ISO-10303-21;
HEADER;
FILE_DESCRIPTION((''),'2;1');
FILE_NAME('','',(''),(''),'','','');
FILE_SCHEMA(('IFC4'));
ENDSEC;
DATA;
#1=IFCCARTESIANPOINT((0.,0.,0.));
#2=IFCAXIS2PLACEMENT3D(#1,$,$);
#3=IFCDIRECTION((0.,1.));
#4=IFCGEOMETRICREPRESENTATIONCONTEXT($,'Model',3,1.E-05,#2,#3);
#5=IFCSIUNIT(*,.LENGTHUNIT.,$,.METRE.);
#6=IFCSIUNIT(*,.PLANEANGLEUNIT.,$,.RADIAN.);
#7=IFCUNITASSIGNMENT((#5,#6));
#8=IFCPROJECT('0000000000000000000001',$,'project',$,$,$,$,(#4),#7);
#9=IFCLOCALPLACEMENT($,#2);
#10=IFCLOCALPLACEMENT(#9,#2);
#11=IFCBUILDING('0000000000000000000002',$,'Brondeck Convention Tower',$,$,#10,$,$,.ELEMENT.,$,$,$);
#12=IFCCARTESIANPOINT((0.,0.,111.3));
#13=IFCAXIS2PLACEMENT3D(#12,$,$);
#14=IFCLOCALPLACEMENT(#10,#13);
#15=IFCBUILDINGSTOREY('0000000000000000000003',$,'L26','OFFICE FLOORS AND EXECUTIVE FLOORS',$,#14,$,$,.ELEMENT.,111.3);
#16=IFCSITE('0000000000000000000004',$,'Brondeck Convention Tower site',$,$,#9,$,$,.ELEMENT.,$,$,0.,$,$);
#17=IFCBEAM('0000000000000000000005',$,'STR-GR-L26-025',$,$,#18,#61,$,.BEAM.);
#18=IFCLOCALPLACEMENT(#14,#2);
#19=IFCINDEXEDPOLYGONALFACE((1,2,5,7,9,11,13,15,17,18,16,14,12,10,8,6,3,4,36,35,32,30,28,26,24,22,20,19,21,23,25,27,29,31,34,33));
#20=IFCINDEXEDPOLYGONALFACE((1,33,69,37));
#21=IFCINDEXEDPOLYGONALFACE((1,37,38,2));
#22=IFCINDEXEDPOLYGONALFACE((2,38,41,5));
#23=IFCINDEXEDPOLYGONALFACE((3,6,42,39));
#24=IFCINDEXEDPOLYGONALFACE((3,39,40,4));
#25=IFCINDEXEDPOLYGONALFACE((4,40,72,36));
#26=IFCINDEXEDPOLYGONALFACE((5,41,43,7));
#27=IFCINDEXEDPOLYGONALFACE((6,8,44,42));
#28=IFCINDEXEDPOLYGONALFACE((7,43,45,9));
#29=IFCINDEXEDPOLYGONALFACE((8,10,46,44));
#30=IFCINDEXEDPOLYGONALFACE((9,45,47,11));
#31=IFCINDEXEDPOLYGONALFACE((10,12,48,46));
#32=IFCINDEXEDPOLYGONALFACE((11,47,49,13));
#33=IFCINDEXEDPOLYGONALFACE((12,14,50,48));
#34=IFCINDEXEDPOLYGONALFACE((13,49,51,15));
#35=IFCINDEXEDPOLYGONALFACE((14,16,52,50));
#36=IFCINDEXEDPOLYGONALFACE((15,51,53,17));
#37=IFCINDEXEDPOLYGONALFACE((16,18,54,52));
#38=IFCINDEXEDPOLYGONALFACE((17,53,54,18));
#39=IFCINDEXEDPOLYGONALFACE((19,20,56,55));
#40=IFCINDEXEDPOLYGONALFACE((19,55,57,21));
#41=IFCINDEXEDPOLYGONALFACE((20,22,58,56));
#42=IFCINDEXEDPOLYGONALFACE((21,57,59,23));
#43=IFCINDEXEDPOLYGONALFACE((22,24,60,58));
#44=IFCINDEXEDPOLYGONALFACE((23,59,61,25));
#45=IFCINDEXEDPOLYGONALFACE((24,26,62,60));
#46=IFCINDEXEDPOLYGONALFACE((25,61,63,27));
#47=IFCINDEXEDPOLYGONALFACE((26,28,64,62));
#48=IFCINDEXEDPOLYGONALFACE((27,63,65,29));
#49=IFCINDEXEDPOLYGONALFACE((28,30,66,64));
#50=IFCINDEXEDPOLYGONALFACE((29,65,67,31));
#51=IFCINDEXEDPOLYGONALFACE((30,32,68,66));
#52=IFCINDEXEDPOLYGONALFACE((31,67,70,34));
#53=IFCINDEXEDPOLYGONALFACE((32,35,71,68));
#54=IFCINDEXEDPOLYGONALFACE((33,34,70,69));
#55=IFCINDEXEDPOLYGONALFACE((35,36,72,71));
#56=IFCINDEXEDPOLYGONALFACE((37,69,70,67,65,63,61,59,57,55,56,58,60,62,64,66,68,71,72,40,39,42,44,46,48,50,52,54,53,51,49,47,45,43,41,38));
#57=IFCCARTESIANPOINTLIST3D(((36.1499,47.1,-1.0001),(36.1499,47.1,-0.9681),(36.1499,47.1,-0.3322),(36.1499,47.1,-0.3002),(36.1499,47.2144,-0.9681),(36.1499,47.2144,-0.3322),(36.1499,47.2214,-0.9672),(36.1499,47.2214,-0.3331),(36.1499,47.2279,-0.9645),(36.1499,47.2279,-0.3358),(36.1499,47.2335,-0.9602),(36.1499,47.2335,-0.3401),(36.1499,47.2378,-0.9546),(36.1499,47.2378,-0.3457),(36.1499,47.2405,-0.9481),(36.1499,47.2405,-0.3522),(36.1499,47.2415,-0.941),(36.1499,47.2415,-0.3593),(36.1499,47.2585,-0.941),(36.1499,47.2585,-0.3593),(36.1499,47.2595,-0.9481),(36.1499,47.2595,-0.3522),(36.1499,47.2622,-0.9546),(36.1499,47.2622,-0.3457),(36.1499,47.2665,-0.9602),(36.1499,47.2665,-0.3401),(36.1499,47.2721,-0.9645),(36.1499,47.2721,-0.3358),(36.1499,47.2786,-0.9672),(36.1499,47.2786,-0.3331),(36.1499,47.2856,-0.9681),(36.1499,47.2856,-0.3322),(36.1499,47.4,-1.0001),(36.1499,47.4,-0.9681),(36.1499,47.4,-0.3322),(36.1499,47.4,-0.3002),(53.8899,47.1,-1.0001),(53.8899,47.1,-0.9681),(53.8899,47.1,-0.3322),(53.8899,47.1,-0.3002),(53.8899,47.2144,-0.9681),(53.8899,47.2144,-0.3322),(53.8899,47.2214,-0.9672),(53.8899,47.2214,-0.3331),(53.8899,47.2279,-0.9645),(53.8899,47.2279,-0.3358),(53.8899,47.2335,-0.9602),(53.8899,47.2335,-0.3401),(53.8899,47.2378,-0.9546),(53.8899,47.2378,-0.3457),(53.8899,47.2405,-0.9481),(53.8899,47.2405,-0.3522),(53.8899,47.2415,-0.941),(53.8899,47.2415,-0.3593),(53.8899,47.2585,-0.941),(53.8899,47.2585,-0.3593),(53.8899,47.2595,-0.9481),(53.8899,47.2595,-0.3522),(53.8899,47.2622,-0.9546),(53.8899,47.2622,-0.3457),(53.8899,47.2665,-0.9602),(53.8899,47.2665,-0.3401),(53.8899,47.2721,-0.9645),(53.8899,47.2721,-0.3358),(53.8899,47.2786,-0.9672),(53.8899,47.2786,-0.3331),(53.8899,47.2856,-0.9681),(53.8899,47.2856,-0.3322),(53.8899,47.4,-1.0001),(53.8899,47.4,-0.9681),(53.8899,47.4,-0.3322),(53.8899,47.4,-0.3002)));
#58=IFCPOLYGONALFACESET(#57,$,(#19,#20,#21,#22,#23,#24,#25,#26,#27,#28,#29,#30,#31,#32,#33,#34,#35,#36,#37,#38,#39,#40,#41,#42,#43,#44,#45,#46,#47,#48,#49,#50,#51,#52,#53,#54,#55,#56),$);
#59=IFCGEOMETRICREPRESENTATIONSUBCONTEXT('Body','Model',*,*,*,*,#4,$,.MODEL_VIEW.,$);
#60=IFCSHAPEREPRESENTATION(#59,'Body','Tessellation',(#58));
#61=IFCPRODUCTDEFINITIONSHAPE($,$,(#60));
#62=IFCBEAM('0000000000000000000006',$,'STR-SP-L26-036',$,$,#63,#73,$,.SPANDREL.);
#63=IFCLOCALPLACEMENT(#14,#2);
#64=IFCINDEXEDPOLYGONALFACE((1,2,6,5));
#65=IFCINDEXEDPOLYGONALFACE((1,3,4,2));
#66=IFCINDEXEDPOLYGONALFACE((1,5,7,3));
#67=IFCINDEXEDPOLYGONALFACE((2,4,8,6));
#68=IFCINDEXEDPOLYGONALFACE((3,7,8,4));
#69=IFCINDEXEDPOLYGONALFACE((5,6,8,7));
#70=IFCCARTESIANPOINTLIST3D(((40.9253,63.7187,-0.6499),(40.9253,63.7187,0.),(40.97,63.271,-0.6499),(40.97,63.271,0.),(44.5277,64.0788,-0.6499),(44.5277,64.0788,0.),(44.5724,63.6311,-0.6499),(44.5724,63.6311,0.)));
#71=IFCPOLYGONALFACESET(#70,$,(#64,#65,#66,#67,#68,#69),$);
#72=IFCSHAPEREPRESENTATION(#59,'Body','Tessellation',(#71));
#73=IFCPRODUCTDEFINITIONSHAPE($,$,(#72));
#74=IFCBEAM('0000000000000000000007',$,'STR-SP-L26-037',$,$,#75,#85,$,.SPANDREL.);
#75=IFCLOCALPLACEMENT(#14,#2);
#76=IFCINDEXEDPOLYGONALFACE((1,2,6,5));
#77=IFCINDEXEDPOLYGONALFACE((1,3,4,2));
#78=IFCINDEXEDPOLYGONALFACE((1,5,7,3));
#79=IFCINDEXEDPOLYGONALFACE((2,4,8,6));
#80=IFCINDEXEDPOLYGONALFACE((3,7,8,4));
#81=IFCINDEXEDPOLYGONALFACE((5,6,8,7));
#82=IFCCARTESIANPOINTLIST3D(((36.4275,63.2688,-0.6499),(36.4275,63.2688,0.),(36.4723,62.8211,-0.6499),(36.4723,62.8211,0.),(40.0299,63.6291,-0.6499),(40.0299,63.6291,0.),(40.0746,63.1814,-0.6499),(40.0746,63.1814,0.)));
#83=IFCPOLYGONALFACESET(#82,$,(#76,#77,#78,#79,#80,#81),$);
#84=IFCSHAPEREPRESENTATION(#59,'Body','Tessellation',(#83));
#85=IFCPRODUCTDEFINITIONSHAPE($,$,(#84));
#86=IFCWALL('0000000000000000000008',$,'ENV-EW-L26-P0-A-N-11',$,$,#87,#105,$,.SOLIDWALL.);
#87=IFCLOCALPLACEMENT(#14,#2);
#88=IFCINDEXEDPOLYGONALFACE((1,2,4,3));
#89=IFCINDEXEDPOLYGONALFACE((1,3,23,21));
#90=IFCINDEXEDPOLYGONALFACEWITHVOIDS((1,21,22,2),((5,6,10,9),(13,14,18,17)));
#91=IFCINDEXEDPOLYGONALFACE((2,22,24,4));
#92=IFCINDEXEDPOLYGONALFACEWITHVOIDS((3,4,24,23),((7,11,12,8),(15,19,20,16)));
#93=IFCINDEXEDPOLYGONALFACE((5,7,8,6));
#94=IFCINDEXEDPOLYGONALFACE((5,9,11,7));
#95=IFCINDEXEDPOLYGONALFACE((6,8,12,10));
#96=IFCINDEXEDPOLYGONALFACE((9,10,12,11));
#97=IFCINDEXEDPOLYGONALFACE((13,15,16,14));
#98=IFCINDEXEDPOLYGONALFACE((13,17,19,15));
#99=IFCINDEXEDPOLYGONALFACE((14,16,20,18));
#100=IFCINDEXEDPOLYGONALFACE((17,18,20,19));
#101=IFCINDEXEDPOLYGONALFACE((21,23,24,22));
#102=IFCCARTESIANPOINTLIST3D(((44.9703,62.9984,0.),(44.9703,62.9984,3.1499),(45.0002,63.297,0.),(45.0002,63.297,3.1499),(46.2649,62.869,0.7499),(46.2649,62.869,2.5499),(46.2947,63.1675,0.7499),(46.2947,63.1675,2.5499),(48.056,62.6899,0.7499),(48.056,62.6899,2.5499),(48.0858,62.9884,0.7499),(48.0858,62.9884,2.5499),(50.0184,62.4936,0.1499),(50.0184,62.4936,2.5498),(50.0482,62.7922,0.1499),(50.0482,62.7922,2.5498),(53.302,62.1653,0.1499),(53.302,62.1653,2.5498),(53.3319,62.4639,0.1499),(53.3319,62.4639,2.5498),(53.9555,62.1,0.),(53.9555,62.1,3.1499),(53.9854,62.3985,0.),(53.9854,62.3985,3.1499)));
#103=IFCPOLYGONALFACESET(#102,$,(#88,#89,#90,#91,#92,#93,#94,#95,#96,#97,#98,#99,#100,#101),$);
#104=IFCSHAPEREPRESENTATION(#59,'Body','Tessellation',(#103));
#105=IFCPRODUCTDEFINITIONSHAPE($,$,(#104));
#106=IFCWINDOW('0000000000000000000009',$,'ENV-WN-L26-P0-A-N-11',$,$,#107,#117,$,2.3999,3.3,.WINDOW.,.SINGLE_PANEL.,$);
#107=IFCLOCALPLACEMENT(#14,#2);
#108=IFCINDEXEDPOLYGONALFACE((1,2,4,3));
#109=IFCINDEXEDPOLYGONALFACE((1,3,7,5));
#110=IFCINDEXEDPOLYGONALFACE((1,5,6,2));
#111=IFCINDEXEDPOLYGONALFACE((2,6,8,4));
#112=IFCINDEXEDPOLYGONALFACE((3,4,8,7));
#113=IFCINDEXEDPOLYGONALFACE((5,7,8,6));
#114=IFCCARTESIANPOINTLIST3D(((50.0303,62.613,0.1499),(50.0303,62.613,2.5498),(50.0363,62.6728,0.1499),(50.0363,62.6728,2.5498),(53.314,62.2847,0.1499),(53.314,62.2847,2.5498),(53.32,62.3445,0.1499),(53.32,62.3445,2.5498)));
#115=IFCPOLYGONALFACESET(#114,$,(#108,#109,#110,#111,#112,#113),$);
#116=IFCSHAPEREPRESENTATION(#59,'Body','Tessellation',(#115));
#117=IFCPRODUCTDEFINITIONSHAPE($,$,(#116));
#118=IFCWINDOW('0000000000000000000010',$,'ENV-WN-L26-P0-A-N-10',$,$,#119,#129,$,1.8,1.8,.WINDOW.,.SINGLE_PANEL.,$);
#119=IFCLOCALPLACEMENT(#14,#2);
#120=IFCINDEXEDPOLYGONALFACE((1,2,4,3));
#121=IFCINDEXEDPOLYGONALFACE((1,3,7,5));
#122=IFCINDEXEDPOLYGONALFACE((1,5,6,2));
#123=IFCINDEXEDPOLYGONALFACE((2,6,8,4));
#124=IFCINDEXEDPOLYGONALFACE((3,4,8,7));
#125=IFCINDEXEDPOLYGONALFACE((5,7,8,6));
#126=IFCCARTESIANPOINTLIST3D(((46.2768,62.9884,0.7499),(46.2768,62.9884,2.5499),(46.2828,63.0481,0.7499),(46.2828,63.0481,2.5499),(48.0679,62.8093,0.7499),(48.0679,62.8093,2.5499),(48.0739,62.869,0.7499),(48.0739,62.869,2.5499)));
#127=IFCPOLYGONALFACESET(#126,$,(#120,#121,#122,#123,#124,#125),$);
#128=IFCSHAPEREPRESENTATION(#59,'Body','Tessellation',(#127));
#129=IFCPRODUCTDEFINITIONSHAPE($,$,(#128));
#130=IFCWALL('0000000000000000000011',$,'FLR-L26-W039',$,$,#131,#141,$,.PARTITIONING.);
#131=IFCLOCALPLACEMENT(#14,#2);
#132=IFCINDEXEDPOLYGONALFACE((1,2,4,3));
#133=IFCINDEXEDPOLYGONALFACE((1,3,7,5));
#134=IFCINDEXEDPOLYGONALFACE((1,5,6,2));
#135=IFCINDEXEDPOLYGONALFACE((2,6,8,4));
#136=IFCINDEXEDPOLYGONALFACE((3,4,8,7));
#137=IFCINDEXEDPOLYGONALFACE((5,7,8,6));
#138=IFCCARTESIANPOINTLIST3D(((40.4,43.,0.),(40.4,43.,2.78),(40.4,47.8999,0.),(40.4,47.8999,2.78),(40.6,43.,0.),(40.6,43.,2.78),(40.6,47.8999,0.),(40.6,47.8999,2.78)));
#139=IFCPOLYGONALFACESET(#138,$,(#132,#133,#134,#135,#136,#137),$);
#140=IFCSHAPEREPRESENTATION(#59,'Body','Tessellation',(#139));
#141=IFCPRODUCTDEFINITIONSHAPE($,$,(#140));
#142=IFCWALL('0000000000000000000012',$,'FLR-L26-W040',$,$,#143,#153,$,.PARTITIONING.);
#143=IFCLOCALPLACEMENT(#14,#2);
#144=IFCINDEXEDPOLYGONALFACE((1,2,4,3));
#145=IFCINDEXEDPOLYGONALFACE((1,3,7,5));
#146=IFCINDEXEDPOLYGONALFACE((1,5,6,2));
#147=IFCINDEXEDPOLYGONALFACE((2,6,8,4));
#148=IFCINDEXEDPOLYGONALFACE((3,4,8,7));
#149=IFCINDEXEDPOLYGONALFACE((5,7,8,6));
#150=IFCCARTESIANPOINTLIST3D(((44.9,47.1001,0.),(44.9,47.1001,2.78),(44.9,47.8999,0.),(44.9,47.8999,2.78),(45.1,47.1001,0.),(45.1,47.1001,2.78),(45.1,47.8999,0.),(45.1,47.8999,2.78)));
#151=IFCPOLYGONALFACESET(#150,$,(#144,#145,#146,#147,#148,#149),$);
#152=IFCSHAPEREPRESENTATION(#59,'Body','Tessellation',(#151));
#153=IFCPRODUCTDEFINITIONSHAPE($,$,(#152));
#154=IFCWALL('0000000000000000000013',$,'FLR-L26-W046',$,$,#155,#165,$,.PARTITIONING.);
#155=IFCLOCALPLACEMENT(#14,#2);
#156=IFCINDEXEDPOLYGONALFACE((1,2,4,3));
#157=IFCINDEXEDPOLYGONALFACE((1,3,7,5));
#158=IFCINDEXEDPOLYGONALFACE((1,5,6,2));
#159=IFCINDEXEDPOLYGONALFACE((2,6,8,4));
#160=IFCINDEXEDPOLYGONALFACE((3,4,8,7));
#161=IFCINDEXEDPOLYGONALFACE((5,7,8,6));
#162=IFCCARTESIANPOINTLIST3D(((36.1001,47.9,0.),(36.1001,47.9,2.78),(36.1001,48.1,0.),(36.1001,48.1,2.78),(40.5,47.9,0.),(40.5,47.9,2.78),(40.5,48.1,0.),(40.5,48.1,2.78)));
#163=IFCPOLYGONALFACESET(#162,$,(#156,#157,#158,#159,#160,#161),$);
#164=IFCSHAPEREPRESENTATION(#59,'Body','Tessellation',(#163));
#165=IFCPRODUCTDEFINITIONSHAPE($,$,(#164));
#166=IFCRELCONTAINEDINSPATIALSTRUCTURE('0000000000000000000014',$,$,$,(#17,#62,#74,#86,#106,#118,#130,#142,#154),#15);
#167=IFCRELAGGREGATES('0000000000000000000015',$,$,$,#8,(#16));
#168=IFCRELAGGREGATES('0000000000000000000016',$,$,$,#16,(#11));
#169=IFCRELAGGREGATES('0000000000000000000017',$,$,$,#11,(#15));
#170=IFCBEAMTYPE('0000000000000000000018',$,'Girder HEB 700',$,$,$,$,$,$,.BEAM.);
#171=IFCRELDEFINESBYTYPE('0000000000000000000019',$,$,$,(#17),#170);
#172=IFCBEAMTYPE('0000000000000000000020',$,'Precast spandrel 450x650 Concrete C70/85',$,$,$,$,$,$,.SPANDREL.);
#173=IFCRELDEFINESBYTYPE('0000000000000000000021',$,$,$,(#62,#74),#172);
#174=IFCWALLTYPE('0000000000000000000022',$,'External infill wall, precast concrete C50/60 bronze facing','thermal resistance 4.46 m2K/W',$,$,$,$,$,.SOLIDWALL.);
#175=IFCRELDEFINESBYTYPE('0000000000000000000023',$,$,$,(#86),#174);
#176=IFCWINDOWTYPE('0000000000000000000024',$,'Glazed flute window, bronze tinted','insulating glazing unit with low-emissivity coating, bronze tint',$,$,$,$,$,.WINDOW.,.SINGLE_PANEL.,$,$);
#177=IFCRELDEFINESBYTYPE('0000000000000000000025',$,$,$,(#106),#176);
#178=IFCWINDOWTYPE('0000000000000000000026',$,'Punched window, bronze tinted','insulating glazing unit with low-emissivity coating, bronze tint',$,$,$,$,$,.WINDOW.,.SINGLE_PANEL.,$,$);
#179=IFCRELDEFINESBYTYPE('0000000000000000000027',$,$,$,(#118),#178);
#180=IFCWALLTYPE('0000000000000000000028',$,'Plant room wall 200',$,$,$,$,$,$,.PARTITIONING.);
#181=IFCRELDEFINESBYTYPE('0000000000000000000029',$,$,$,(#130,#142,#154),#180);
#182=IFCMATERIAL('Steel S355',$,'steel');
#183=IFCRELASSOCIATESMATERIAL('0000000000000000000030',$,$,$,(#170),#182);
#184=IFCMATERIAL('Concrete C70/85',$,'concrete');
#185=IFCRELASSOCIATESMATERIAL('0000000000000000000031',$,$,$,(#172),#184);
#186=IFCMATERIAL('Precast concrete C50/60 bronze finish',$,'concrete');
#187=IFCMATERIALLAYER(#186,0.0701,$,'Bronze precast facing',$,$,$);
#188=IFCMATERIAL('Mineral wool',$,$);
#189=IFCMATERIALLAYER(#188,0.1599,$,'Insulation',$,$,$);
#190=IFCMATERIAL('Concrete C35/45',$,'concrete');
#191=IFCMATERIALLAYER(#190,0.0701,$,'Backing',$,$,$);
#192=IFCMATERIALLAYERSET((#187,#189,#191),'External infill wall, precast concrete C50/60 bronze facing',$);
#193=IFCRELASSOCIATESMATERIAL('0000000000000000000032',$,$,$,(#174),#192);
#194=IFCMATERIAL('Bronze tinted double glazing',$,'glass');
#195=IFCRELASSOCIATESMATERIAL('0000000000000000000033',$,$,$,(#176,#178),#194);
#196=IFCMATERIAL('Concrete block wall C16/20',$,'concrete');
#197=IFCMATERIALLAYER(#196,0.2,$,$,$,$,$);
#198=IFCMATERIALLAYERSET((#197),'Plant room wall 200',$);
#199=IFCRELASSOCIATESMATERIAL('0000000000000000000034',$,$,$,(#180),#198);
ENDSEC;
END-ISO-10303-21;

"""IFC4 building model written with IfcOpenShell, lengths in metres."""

from ifc_helpers import new_model, si_unit, direction, frame, frame_2d, origin, origin_2d, place, context, subcontext, project, spatial, rectangle, i_section, extrude, material, layer, layer_set, material_profile, profile_set, type_object, element, fill, save


model = new_model("IFC4")

# Units and contexts
model_context = context("Model", 3, precision=1e-05, world=origin(), true_north=direction((0.0, 1.0)))
body_context = subcontext(model_context, "Body", "Model", "MODEL_VIEW")
ifc_project = project(units=[si_unit("LENGTHUNIT", "METRE"), si_unit("PLANEANGLEUNIT", "RADIAN")], contexts=[model_context])

# Site, building, storey
site_placement = place(None, origin())
site = spatial("IfcSite", under=ifc_project, at=site_placement, Name="Brondeck Convention Tower site", CompositionType="ELEMENT", RefElevation=0.0)
building_placement = place(site_placement, origin())
building = spatial("IfcBuilding", under=site, at=building_placement, Name="Brondeck Convention Tower", CompositionType="ELEMENT")
storey_placement = place(building_placement, frame((0.0, 0.0, 111.3)))
storey = spatial("IfcBuildingStorey", under=building, at=storey_placement, Name="L26", Description="OFFICE FLOORS AND EXECUTIVE FLOORS", CompositionType="ELEMENT", Elevation=111.3)

# Shared definitions
ifc_material_1 = material(Name="Concrete C70/85", Category="concrete")

# Beams
ifc_material_2 = material(Name="Steel S355", Category="steel")
ifc_material_profile_1 = material_profile(ifc_material_2, i_section(OverallWidth=0.3, OverallDepth=0.7, WebThickness=0.0171, FlangeThickness=0.032, FilletRadius=0.0271, at=origin_2d()), Name="HEB 700")
ifc_profile_set_1 = profile_set([ifc_material_profile_1], Name="Steel S355")
beam_type_1 = type_object("IfcBeamType", Name="Girder HEB 700", PredefinedType="BEAM", material=ifc_profile_set_1)
beam_1_placement = place(storey_placement, frame((36.1499, 47.25, -0.6501), z_axis=(1.0, 0.0, 0.0), x_axis=(0.0, 1.0, 0.0)))
element("IfcBeam", 1, at=beam_1_placement, inside=storey, type_object=beam_type_1, Name="STR-GR-L26-025", PredefinedType="BEAM", context=body_context, shape_type="SweptSolid", body=[
    extrude(i_section(OverallWidth=0.3, OverallDepth=0.7, WebThickness=0.0171, FlangeThickness=0.032, FilletRadius=0.0271, at=origin_2d()), origin(), (0.0, 0.0, 1.0), 17.74),
])
ifc_material_profile_2 = material_profile(ifc_material_1, rectangle(XDim=0.45, YDim=0.6499, at=origin_2d()), Name="Precast spandrel 450x650 Concrete C70/85")
ifc_profile_set_2 = profile_set([ifc_material_profile_2], Name="Concrete C70/85")
beam_type_2 = type_object("IfcBeamType", Name="Precast spandrel 450x650 Concrete C70/85", PredefinedType="SPANDREL", material=ifc_profile_set_2)
for number, where, z_axis, x_axis, name in (
    (2, (44.55, 63.855, -0.325), (-0.995041, -0.09947, 0.0), (0.09947, -0.995041, 0.0), "STR-SP-L26-036"),
    (3, (40.0522, 63.4053, -0.325), (-0.995034, -0.099537, 0.0), (0.099537, -0.995034, 0.0), "STR-SP-L26-037"),
):
    element("IfcBeam", number, at=place(storey_placement, frame(where, z_axis=z_axis, x_axis=x_axis)), inside=storey, type_object=beam_type_2, Name=name, PredefinedType="SPANDREL", context=body_context, shape_type="SweptSolid", body=[
        extrude(rectangle(XDim=0.45, YDim=0.6499, at=origin_2d()), origin(), (0.0, 0.0, 1.0), 3.6204),
    ])

# Wall, openings, windows
ifc_material_3 = material(Name="Precast concrete C50/60 bronze finish", Category="concrete")
ifc_layer_1 = layer(ifc_material_3, 0.0701, Name="Bronze precast facing")
ifc_material_4 = material(Name="Mineral wool")
ifc_layer_2 = layer(ifc_material_4, 0.1599, Name="Insulation")
ifc_material_5 = material(Name="Concrete C35/45", Category="concrete")
ifc_layer_3 = layer(ifc_material_5, 0.0701, Name="Backing")
ifc_layer_set_1 = layer_set([ifc_layer_1, ifc_layer_2, ifc_layer_3], Name="External infill wall, precast concrete C50/60 bronze facing")
wall_type_1 = type_object("IfcWallType", Name="External infill wall, precast concrete C50/60 bronze facing", Description="thermal resistance 4.46 m2K/W", PredefinedType="SOLIDWALL", material=ifc_layer_set_1)
wall_1_placement = place(storey_placement, frame((44.9851, 63.1477, 0.0), z_axis=(0.0, 0.0, 1.0), x_axis=(0.995038, -0.099496, 0.0)))
wall_1 = element("IfcWall", 4, at=wall_1_placement, inside=storey, type_object=wall_type_1, Name="ENV-EW-L26-P0-A-N-11", PredefinedType="SOLIDWALL", context=body_context, shape_type="SweptSolid", body=[
    extrude(rectangle(XDim=9.03, YDim=0.3, at=frame_2d((4.5151, 0.0))), origin(), (0.0, 0.0, 1.0), 3.1499),
])
opening_1_placement = place(wall_1_placement, frame((1.3013, 0.0, 0.75)))
opening_1 = element("IfcOpeningElement", 5, at=opening_1_placement, cuts=wall_1, PredefinedType="OPENING", context=body_context, shape_type="SweptSolid", body=[
    extrude(rectangle(XDim=1.8, YDim=1.8, at=frame_2d((0.8999, 0.8999))), frame((0.0, 0.1599, 0.0), z_axis=(0.0, -1.0, 0.0), x_axis=(1.0, 0.0, 0.0)), (0.0, 0.0, 1.0), 0.3201),
])
opening_2_placement = place(wall_1_placement, frame((5.0735, 0.0, 0.1499)))
opening_2 = element("IfcOpeningElement", 6, at=opening_2_placement, cuts=wall_1, PredefinedType="OPENING", context=body_context, shape_type="SweptSolid", body=[
    extrude(rectangle(XDim=3.3, YDim=2.3999, at=frame_2d((1.6499, 1.2))), frame((0.0, 0.1599, 0.0), z_axis=(0.0, -1.0, 0.0), x_axis=(1.0, 0.0, 0.0)), (0.0, 0.0, 1.0), 0.3201),
])
ifc_material_6 = material(Name="Bronze tinted double glazing", Category="glass")
window_type_1 = type_object("IfcWindowType", Name="Glazed flute window, bronze tinted", Description="insulating glazing unit with low-emissivity coating, bronze tint", PartitioningType="SINGLE_PANEL", PredefinedType="WINDOW", material=ifc_material_6)
window_1_placement = place(opening_2_placement, origin())
window_1 = element("IfcWindow", 7, at=window_1_placement, inside=storey, type_object=window_type_1, Name="ENV-WN-L26-P0-A-N-11", OverallHeight=2.3999, OverallWidth=3.3, PartitioningType="SINGLE_PANEL", PredefinedType="WINDOW", context=body_context, shape_type="SweptSolid", body=[
    extrude(rectangle(XDim=3.3, YDim=2.3999, at=frame_2d((1.6499, 1.2))), frame((0.0, 0.03, 0.0), z_axis=(0.0, -1.0, 0.0), x_axis=(1.0, 0.0, 0.0)), (0.0, 0.0, 1.0), 0.0601),
])
fill(opening_2, window_1)
window_type_2 = type_object("IfcWindowType", Name="Punched window, bronze tinted", Description="insulating glazing unit with low-emissivity coating, bronze tint", PartitioningType="SINGLE_PANEL", PredefinedType="WINDOW", material=ifc_material_6)
window_2_placement = place(opening_1_placement, origin())
window_2 = element("IfcWindow", 8, at=window_2_placement, inside=storey, type_object=window_type_2, Name="ENV-WN-L26-P0-A-N-10", OverallHeight=1.8, OverallWidth=1.8, PartitioningType="SINGLE_PANEL", PredefinedType="WINDOW", context=body_context, shape_type="SweptSolid", body=[
    extrude(rectangle(XDim=1.8, YDim=1.8, at=frame_2d((0.8999, 0.8999))), frame((0.0, 0.03, 0.0), z_axis=(0.0, -1.0, 0.0), x_axis=(1.0, 0.0, 0.0)), (0.0, 0.0, 1.0), 0.0601),
])
fill(opening_1, window_2)

# Walls
ifc_material_7 = material(Name="Concrete block wall C16/20", Category="concrete")
ifc_layer_4 = layer(ifc_material_7, 0.2)
ifc_layer_set_2 = layer_set([ifc_layer_4], Name="Plant room wall 200")
wall_type_2 = type_object("IfcWallType", Name="Plant room wall 200", PredefinedType="PARTITIONING", material=ifc_layer_set_2)
wall_2_placement = place(storey_placement, frame((40.5, 47.8999, 0.0), z_axis=(0.0, 0.0, 1.0), x_axis=(0.0, -1.0, 0.0)))
element("IfcWall", 9, at=wall_2_placement, inside=storey, type_object=wall_type_2, Name="FLR-L26-W039", PredefinedType="PARTITIONING", context=body_context, shape_type="SweptSolid", body=[
    extrude(rectangle(XDim=4.8999, YDim=0.2, at=frame_2d((2.45, 0.0))), origin(), (0.0, 0.0, 1.0), 2.78),
])
wall_3_placement = place(storey_placement, frame((45.0, 47.8999, 0.0), z_axis=(0.0, 0.0, 1.0), x_axis=(0.0, -1.0, 0.0)))
element("IfcWall", 10, at=wall_3_placement, inside=storey, type_object=wall_type_2, Name="FLR-L26-W040", PredefinedType="PARTITIONING", context=body_context, shape_type="SweptSolid", body=[
    extrude(rectangle(XDim=0.7998, YDim=0.2, at=frame_2d((0.3999, 0.0))), origin(), (0.0, 0.0, 1.0), 2.78),
])
wall_4_placement = place(storey_placement, frame((40.5, 48.0, 0.0), z_axis=(0.0, 0.0, 1.0), x_axis=(-1.0, 0.0, 0.0)))
element("IfcWall", 11, at=wall_4_placement, inside=storey, type_object=wall_type_2, Name="FLR-L26-W046", PredefinedType="PARTITIONING", context=body_context, shape_type="SweptSolid", body=[
    extrude(rectangle(XDim=4.3999, YDim=0.2, at=frame_2d((2.2, 0.0))), origin(), (0.0, 0.0, 1.0), 2.78),
])

save(model, "model.ifc")
